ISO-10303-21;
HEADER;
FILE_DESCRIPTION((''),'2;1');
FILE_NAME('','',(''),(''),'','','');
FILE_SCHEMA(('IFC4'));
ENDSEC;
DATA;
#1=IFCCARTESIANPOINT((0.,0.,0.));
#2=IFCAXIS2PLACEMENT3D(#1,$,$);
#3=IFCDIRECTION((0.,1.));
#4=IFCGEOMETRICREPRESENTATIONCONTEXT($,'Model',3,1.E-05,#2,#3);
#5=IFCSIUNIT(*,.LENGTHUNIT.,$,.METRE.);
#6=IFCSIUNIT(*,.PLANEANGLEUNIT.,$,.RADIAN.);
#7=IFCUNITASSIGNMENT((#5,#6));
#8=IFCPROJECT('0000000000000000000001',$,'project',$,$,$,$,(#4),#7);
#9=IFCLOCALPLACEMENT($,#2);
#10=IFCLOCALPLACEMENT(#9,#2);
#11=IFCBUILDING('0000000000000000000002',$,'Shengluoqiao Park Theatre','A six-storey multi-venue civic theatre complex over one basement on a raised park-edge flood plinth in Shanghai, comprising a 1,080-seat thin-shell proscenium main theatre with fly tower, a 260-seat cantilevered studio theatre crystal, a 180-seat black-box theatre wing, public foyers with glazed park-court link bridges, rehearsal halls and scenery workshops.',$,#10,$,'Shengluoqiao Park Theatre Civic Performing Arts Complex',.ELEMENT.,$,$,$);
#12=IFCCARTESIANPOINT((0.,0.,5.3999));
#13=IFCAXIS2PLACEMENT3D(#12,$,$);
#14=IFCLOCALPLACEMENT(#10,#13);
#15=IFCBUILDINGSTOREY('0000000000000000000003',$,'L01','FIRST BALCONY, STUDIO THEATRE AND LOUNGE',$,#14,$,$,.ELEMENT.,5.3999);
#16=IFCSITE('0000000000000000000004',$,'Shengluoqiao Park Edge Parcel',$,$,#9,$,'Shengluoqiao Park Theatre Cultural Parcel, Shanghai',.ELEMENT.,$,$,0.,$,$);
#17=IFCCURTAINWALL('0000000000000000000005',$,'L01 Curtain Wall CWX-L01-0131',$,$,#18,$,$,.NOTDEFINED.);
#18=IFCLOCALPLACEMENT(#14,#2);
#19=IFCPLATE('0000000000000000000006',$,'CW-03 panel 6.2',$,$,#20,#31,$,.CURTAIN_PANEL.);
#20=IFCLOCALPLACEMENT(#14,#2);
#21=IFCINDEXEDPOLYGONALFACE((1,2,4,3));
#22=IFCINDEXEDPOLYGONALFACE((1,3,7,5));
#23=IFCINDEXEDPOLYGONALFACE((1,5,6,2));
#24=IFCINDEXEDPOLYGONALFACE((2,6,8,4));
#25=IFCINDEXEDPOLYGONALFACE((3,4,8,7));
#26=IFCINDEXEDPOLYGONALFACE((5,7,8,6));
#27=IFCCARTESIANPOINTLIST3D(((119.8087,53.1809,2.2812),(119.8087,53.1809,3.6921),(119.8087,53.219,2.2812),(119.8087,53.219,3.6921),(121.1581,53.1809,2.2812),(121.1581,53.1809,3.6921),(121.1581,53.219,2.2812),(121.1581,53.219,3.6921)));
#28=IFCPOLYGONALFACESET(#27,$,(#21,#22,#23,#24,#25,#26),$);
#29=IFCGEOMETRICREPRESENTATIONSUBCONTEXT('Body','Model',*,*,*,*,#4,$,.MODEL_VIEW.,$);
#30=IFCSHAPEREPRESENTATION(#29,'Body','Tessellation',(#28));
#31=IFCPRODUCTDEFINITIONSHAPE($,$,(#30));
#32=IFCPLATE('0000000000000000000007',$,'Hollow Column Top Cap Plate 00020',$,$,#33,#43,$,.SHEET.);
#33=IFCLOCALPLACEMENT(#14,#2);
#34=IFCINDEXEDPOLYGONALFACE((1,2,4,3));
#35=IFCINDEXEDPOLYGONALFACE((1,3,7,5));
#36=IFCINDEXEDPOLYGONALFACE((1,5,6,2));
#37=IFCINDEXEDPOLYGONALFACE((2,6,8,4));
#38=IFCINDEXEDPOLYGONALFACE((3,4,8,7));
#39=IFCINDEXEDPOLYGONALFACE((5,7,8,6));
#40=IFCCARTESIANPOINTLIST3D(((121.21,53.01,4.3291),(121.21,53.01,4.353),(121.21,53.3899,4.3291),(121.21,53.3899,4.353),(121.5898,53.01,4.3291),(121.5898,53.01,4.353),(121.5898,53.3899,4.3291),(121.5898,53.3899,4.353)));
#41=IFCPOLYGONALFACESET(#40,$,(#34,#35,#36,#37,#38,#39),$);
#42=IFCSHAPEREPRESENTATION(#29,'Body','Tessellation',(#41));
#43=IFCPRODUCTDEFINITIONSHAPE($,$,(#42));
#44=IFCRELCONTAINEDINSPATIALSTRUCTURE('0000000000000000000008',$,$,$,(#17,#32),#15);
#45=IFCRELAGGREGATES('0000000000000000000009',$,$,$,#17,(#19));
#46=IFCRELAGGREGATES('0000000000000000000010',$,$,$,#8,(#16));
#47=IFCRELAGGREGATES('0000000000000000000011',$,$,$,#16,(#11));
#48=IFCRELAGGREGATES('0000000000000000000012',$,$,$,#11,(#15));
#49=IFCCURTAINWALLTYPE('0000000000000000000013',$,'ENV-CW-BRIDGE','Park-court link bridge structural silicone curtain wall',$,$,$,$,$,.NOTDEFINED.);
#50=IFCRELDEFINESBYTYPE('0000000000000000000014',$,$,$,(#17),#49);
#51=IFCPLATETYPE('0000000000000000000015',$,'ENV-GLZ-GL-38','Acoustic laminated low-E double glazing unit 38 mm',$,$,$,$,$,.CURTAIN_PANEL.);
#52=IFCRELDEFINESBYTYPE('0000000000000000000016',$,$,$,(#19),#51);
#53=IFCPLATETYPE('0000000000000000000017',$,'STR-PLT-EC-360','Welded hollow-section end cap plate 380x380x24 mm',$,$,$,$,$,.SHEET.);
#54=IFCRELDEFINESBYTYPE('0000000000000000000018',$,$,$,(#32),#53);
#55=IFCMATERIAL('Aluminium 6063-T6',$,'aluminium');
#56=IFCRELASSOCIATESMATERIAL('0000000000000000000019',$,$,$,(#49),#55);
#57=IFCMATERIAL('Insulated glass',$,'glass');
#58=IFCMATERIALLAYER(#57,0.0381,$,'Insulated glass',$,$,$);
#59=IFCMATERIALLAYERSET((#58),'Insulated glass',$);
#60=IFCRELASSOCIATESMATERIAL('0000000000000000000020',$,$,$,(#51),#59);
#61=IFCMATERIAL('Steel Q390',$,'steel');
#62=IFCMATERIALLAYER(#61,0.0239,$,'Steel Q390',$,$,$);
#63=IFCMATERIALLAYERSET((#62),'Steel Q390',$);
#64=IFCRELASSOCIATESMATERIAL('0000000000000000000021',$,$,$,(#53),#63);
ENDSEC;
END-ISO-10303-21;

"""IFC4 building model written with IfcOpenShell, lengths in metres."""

from ifc_helpers import new_model, si_unit, direction, frame, origin, origin_2d, place, context, subcontext, project, spatial, rectangle, extrude, material, layer, layer_set, type_object, element, aggregate, save


model = new_model("IFC4")

# Units and contexts
model_context = context("Model", 3, precision=1e-05, world=origin(), true_north=direction((0.0, 1.0)))
body_context = subcontext(model_context, "Body", "Model", "MODEL_VIEW")
ifc_project = project(units=[si_unit("LENGTHUNIT", "METRE"), si_unit("PLANEANGLEUNIT", "RADIAN")], contexts=[model_context])

# Site, building, storey
site_placement = place(None, origin())
site = spatial("IfcSite", under=ifc_project, at=site_placement, Name="Shengluoqiao Park Edge Parcel", LongName="Shengluoqiao Park Theatre Cultural Parcel, Shanghai", CompositionType="ELEMENT", RefElevation=0.0)
building_placement = place(site_placement, origin())
building = spatial("IfcBuilding", under=site, at=building_placement, Name="Shengluoqiao Park Theatre", Description="A six-storey multi-venue civic theatre complex over one basement on a raised park-edge flood plinth in Shanghai, comprising a 1,080-seat thin-shell proscenium main theatre with fly tower, a 260-seat cantilevered studio theatre crystal, a 180-seat black-box theatre wing, public foyers with glazed park-court link bridges, rehearsal halls and scenery workshops.", LongName="Shengluoqiao Park Theatre Civic Performing Arts Complex", CompositionType="ELEMENT")
storey_placement = place(building_placement, frame((0.0, 0.0, 5.3999)))
storey = spatial("IfcBuildingStorey", under=building, at=storey_placement, Name="L01", Description="FIRST BALCONY, STUDIO THEATRE AND LOUNGE", CompositionType="ELEMENT", Elevation=5.3999)

# Curtain wall
ifc_material_1 = material(Name="Aluminium 6063-T6", Category="aluminium")
curtain_wall_type = type_object("IfcCurtainWallType", Name="ENV-CW-BRIDGE", Description="Park-court link bridge structural silicone curtain wall", PredefinedType="NOTDEFINED", material=ifc_material_1)
curtain_wall_1_placement = place(storey_placement, origin())
curtain_wall_1 = element("IfcCurtainWall", 1, at=curtain_wall_1_placement, inside=storey, type_object=curtain_wall_type, Name="L01 Curtain Wall CWX-L01-0131", PredefinedType="NOTDEFINED")

# Plates
ifc_material_2 = material(Name="Insulated glass", Category="glass")
ifc_layer_1 = layer(ifc_material_2, 0.0381, Name="Insulated glass")
ifc_layer_set_1 = layer_set([ifc_layer_1], Name="Insulated glass")
plate_type_1 = type_object("IfcPlateType", Name="ENV-GLZ-GL-38", Description="Acoustic laminated low-E double glazing unit 38 mm", PredefinedType="CURTAIN_PANEL", material=ifc_layer_set_1)
plate_1_placement = place(storey_placement, frame((120.4834, 53.2, 2.2812), z_axis=(0.0, 0.0, 1.0), x_axis=(1.0, 0.0, 0.0)))
plate_1 = element("IfcPlate", 2, at=plate_1_placement, type_object=plate_type_1, Name="CW-03 panel 6.2", PredefinedType="CURTAIN_PANEL", context=body_context, shape_type="SweptSolid", body=[
    extrude(rectangle(XDim=1.3494, YDim=0.0381, at=origin_2d()), origin(), (0.0, 0.0, 1.0), 1.4109),
])
aggregate(curtain_wall_1, [plate_1])
ifc_material_3 = material(Name="Steel Q390", Category="steel")
ifc_layer_2 = layer(ifc_material_3, 0.0239, Name="Steel Q390")
ifc_layer_set_2 = layer_set([ifc_layer_2], Name="Steel Q390")
plate_type_2 = type_object("IfcPlateType", Name="STR-PLT-EC-360", Description="Welded hollow-section end cap plate 380x380x24 mm", PredefinedType="SHEET", material=ifc_layer_set_2)
plate_2_placement = place(storey_placement, frame((121.3999, 53.2, 4.3291), z_axis=(0.0, 0.0, 1.0), x_axis=(1.0, 0.0, 0.0)))
element("IfcPlate", 3, at=plate_2_placement, inside=storey, type_object=plate_type_2, Name="Hollow Column Top Cap Plate 00020", PredefinedType="SHEET", context=body_context, shape_type="SweptSolid", body=[
    extrude(rectangle(XDim=0.3799, YDim=0.3799, at=origin_2d()), origin(), (0.0, 0.0, 1.0), 0.0239),
])

save(model, "model.ifc")
